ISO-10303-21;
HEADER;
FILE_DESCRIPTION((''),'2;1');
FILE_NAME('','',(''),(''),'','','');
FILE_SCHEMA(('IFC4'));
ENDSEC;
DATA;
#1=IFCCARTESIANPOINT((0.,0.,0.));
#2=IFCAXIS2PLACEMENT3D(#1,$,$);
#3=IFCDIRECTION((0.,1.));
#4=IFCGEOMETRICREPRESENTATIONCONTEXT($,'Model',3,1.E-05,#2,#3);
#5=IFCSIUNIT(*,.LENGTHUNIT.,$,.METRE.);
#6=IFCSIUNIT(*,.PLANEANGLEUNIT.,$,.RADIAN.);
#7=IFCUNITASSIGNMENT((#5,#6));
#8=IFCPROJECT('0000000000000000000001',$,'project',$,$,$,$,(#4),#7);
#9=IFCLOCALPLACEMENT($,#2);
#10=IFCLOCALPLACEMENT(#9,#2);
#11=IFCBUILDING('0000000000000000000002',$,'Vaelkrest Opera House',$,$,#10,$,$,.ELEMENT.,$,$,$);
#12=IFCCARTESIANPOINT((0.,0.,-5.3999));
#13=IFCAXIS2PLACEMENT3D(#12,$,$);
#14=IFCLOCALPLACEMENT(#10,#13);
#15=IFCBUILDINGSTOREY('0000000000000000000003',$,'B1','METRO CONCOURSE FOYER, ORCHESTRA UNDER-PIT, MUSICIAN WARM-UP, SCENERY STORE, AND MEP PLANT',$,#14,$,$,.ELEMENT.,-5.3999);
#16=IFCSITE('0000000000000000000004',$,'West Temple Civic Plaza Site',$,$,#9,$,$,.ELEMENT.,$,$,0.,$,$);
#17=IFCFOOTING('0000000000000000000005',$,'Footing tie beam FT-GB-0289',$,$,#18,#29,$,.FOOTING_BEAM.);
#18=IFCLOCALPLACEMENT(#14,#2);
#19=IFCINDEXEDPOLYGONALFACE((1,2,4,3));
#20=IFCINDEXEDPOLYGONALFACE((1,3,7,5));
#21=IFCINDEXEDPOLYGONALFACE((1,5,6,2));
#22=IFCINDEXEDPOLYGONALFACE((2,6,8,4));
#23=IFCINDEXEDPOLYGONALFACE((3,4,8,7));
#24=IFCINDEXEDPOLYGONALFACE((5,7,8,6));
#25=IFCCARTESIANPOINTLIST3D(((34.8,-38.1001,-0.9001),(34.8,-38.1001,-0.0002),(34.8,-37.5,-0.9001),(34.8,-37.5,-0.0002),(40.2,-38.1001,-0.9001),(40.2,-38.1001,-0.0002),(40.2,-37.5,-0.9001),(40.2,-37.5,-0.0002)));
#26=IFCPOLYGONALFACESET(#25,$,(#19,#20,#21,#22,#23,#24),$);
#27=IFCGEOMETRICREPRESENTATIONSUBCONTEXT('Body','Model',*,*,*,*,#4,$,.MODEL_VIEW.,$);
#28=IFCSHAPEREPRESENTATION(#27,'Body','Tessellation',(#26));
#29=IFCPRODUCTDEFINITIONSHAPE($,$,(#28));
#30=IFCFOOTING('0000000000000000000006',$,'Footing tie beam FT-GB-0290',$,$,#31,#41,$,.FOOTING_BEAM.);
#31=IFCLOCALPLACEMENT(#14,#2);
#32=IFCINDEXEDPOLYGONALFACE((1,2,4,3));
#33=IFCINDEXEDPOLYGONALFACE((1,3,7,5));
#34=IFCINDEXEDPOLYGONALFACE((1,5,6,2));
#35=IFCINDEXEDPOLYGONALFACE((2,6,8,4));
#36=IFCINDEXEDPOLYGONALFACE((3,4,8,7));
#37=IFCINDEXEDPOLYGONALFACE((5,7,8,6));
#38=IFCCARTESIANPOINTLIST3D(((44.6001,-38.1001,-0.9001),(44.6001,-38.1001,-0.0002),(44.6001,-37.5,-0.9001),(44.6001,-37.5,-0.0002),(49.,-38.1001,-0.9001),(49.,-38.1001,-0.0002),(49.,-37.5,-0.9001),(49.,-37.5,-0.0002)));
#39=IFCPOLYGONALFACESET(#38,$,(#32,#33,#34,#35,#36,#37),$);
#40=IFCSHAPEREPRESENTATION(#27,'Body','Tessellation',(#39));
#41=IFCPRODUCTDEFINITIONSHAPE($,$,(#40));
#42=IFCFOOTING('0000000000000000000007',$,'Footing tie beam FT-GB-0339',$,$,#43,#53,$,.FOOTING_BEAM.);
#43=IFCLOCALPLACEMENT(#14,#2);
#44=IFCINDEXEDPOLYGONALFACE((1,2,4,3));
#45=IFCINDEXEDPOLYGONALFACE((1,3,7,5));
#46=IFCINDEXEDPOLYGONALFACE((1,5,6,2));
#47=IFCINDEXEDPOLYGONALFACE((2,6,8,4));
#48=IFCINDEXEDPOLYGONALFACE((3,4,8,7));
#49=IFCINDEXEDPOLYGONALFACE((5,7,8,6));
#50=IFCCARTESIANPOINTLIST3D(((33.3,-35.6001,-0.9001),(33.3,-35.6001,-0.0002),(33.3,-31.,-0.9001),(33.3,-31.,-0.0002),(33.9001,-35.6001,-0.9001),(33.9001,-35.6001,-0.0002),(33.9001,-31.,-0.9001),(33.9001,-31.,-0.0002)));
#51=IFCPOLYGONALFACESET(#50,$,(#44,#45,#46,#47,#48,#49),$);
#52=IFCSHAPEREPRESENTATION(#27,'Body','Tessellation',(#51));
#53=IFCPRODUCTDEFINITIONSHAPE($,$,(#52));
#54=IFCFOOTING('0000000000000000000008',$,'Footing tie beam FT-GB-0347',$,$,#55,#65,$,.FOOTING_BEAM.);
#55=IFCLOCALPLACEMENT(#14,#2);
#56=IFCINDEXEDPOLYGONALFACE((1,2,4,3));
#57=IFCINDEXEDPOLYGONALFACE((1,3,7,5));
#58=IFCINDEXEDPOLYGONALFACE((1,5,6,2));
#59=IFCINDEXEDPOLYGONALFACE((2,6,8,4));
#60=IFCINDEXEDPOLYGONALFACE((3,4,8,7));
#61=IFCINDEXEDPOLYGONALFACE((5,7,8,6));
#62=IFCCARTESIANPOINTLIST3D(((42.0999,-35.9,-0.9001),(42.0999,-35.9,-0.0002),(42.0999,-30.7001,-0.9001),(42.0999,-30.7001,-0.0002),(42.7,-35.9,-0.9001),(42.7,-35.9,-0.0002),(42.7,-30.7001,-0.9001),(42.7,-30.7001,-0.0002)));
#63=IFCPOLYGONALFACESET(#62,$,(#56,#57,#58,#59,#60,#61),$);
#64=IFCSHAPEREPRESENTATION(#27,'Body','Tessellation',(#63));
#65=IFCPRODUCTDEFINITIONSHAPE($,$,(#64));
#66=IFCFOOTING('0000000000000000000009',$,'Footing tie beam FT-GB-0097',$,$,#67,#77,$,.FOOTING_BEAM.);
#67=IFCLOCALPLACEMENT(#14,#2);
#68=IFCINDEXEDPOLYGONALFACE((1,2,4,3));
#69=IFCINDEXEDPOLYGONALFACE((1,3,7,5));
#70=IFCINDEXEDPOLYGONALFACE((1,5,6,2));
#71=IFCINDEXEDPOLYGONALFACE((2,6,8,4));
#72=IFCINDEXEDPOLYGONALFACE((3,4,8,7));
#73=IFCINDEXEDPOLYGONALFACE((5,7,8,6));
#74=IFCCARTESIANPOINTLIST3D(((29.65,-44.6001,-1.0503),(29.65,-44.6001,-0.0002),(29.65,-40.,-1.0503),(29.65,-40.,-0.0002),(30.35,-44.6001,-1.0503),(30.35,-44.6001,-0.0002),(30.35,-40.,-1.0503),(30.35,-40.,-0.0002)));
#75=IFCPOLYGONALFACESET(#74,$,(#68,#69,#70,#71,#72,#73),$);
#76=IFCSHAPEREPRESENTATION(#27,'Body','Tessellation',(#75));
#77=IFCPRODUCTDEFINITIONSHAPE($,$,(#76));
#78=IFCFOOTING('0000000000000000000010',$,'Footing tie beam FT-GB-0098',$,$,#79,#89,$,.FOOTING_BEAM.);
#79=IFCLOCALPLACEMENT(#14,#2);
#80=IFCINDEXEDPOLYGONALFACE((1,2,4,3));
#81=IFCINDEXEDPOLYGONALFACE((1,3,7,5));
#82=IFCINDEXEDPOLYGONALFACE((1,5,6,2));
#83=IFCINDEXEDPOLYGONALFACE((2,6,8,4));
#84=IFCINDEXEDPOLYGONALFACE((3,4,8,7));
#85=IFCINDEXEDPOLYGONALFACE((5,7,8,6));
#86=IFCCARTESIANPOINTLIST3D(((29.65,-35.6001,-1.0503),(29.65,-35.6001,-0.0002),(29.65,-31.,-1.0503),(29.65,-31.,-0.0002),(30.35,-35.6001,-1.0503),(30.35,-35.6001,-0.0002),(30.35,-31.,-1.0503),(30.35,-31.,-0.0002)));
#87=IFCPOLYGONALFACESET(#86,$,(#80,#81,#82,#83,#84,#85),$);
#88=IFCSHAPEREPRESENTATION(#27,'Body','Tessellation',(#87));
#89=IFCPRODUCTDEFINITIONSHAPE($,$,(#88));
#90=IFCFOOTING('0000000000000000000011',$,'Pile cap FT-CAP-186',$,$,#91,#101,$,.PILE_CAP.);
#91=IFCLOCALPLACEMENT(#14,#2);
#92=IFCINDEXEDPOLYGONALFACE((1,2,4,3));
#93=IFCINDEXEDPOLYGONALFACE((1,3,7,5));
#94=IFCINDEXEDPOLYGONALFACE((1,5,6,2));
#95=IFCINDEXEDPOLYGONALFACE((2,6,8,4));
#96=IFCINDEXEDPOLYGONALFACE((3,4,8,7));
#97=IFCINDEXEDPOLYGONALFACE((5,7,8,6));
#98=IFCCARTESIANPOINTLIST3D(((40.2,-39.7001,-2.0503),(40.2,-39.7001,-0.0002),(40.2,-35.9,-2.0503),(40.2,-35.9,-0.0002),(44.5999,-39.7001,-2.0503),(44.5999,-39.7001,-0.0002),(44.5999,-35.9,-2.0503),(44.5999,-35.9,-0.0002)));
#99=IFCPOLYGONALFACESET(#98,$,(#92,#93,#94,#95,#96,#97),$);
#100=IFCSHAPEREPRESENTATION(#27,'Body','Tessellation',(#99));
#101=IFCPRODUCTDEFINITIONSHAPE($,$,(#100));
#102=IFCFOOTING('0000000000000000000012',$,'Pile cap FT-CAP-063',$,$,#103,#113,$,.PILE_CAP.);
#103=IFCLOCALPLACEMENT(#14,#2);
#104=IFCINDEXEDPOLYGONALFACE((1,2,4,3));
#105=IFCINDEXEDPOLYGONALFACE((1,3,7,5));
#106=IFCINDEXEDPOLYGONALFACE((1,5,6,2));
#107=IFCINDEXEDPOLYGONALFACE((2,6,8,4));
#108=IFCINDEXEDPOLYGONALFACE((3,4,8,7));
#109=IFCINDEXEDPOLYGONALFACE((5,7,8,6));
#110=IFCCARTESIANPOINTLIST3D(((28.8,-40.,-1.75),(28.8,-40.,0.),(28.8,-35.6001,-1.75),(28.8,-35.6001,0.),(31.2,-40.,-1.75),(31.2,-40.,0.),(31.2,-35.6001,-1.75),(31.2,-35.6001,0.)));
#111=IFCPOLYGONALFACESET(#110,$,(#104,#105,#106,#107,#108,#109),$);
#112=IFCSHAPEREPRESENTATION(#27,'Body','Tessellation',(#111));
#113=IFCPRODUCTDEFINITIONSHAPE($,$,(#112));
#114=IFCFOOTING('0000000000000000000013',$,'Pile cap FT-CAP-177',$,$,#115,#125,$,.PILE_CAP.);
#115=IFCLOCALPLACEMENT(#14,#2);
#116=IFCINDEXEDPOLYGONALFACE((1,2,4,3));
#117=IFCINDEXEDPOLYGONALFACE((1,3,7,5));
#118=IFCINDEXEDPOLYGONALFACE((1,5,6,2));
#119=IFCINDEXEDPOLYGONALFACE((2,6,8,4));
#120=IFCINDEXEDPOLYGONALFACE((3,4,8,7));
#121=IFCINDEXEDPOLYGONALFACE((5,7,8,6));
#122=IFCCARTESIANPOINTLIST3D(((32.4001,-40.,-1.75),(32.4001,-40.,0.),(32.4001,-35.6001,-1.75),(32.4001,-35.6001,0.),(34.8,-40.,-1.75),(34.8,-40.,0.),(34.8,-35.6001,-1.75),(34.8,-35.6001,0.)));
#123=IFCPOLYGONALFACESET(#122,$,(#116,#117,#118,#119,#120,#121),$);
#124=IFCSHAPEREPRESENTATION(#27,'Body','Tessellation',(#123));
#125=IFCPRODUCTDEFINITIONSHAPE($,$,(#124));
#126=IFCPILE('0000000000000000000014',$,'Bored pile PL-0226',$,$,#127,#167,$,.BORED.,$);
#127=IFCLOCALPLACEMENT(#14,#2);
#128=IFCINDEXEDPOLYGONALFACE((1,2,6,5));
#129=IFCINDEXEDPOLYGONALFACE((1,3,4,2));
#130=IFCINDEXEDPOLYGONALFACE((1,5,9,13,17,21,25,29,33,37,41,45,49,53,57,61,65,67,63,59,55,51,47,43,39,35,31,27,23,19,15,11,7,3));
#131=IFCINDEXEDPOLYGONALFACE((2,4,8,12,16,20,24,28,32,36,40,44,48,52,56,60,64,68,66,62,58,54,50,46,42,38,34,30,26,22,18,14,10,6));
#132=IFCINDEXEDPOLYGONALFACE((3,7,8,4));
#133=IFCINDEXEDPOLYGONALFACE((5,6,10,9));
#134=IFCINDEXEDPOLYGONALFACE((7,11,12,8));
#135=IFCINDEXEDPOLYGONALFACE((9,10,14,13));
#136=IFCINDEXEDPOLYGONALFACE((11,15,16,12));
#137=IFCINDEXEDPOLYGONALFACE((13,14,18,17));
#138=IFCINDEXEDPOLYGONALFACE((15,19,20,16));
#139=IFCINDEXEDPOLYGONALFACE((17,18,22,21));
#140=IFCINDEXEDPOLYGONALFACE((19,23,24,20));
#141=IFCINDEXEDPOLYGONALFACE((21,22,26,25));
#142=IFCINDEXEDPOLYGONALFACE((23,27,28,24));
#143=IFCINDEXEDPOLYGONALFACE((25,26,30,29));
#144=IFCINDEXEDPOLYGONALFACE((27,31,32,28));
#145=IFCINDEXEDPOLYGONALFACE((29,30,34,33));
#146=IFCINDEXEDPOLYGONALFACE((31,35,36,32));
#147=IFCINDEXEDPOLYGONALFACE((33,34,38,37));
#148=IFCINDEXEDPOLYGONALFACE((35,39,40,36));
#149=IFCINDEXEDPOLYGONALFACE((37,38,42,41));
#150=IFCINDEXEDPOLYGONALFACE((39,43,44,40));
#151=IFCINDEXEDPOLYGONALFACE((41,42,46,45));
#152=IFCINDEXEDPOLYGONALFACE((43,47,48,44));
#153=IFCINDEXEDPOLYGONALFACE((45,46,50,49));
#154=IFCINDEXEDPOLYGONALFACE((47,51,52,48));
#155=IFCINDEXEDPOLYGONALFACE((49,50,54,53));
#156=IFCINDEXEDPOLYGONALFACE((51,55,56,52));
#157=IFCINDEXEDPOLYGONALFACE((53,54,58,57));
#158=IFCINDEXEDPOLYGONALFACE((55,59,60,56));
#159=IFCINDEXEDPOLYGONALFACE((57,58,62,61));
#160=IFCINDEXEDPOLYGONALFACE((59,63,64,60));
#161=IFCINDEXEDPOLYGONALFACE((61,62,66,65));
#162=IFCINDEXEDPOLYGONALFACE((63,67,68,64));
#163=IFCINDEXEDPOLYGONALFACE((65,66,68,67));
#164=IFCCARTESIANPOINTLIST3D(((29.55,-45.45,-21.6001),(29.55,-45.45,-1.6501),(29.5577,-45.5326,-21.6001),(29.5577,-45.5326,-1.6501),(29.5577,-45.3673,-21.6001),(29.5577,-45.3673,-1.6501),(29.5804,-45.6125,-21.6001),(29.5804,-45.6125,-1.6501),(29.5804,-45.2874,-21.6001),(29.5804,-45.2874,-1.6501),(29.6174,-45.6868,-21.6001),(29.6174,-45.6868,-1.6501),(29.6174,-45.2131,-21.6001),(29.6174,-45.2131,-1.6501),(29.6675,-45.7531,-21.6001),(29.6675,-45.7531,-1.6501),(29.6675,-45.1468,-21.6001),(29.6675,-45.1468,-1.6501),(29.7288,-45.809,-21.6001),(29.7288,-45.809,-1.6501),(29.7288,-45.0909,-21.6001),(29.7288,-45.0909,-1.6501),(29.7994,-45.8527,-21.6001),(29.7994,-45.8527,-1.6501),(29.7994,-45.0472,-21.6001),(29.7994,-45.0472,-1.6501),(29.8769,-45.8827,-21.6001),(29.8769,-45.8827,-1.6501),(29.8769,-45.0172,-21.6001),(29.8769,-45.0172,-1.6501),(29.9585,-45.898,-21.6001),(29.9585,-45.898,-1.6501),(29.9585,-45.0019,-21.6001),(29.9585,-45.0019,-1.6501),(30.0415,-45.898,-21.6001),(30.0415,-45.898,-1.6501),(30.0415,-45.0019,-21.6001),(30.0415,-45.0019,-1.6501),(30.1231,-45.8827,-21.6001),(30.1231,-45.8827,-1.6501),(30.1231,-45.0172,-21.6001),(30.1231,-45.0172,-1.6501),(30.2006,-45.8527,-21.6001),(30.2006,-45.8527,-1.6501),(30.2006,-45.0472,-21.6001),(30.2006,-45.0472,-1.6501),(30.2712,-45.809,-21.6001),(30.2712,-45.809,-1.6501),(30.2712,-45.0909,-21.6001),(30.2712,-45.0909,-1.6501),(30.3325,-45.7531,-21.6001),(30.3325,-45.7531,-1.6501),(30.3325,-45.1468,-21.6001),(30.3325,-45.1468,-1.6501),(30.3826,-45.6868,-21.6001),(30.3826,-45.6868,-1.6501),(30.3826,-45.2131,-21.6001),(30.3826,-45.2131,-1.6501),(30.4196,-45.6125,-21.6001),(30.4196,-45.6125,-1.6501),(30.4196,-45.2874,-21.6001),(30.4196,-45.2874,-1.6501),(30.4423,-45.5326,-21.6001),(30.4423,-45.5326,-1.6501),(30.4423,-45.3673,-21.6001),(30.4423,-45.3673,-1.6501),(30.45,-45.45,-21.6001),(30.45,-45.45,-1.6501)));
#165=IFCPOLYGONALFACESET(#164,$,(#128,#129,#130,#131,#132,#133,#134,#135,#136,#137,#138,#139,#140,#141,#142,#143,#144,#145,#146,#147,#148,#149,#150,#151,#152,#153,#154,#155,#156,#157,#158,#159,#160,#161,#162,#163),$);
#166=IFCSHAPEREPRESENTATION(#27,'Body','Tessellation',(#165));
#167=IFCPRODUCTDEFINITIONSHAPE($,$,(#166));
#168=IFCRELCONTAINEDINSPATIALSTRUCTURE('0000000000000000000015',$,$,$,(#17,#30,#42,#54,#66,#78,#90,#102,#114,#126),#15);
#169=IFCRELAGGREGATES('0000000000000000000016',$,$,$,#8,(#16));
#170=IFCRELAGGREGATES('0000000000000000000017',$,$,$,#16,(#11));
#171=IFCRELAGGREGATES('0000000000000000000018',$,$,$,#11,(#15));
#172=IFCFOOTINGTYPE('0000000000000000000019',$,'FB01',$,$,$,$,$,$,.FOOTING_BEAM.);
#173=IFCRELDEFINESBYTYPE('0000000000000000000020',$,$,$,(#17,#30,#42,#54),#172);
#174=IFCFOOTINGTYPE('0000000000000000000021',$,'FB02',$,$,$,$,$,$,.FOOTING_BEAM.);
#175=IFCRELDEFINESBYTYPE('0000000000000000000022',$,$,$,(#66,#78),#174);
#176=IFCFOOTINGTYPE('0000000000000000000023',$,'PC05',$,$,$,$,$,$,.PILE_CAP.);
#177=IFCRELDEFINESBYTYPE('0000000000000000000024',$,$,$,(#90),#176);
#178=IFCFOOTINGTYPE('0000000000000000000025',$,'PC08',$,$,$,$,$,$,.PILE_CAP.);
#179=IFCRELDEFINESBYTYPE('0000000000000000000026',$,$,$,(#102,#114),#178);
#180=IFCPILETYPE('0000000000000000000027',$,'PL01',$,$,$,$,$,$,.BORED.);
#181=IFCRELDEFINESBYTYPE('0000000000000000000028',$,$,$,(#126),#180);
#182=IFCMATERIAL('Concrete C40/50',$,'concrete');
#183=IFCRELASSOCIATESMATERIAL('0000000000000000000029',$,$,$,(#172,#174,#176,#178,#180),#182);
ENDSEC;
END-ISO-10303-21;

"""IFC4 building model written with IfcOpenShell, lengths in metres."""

from ifc_helpers import new_model, si_unit, direction, frame, origin, origin_2d, place, context, subcontext, project, spatial, rectangle, circle, extrude, material, material_profile, profile_set, type_object, element, save


model = new_model("IFC4")

# Units and contexts
model_context = context("Model", 3, precision=1e-05, world=origin(), true_north=direction((0.0, 1.0)))
body_context = subcontext(model_context, "Body", "Model", "MODEL_VIEW")
ifc_project = project(units=[si_unit("LENGTHUNIT", "METRE"), si_unit("PLANEANGLEUNIT", "RADIAN")], contexts=[model_context])

# Site, building, storey
site_placement = place(None, origin())
site = spatial("IfcSite", under=ifc_project, at=site_placement, Name="West Temple Civic Plaza Site", CompositionType="ELEMENT", RefElevation=0.0)
building_placement = place(site_placement, origin())
building = spatial("IfcBuilding", under=site, at=building_placement, Name="Vaelkrest Opera House", CompositionType="ELEMENT")
storey_placement = place(building_placement, frame((0.0, 0.0, -5.3999)))
storey = spatial("IfcBuildingStorey", under=building, at=storey_placement, Name="B1", Description="METRO CONCOURSE FOYER, ORCHESTRA UNDER-PIT, MUSICIAN WARM-UP, SCENERY STORE, AND MEP PLANT", CompositionType="ELEMENT", Elevation=-5.3999)

# Footings
ifc_material_1 = material(Name="Concrete C40/50", Category="concrete")
footing_type_1 = type_object("IfcFootingType", Name="FB01", PredefinedType="FOOTING_BEAM", material=ifc_material_1)
footing_1_placement = place(storey_placement, frame((37.5, -37.8, -0.9001), z_axis=(0.0, 0.0, 1.0), x_axis=(1.0, 0.0, 0.0)))
element("IfcFooting", 1, at=footing_1_placement, inside=storey, type_object=footing_type_1, Name="Footing tie beam FT-GB-0289", PredefinedType="FOOTING_BEAM", context=body_context, shape_type="SweptSolid", body=[
    extrude(rectangle(XDim=5.3999, YDim=0.6001, at=origin_2d()), origin(), (0.0, 0.0, 1.0), 0.8999),
])
footing_2_placement = place(storey_placement, frame((46.8, -37.8, -0.9001), z_axis=(0.0, 0.0, 1.0), x_axis=(1.0, 0.0, 0.0)))
element("IfcFooting", 2, at=footing_2_placement, inside=storey, type_object=footing_type_1, Name="Footing tie beam FT-GB-0290", PredefinedType="FOOTING_BEAM", context=body_context, shape_type="SweptSolid", body=[
    extrude(rectangle(XDim=4.3999, YDim=0.6001, at=origin_2d()), origin(), (0.0, 0.0, 1.0), 0.8999),
])
footing_3_placement = place(storey_placement, frame((33.6001, -33.3, -0.9001), z_axis=(0.0, 0.0, 1.0), x_axis=(0.0, 1.0, 0.0)))
element("IfcFooting", 3, at=footing_3_placement, inside=storey, type_object=footing_type_1, Name="Footing tie beam FT-GB-0339", PredefinedType="FOOTING_BEAM", context=body_context, shape_type="SweptSolid", body=[
    extrude(rectangle(XDim=4.6001, YDim=0.6001, at=origin_2d()), origin(), (0.0, 0.0, 1.0), 0.8999),
])
footing_4_placement = place(storey_placement, frame((42.3999, -33.3, -0.9001), z_axis=(0.0, 0.0, 1.0), x_axis=(0.0, 1.0, 0.0)))
element("IfcFooting", 4, at=footing_4_placement, inside=storey, type_object=footing_type_1, Name="Footing tie beam FT-GB-0347", PredefinedType="FOOTING_BEAM", context=body_context, shape_type="SweptSolid", body=[
    extrude(rectangle(XDim=5.2, YDim=0.6001, at=origin_2d()), origin(), (0.0, 0.0, 1.0), 0.8999),
])
footing_type_2 = type_object("IfcFootingType", Name="FB02", PredefinedType="FOOTING_BEAM", material=ifc_material_1)
for number, where, z_axis, x_axis, name in (
    (5, (30.0, -42.3, -1.0503), (0.0, 0.0, 1.0), (0.0, 1.0, 0.0), "Footing tie beam FT-GB-0097"),
    (6, (30.0, -33.3, -1.0503), (0.0, 0.0, 1.0), (0.0, 1.0, 0.0), "Footing tie beam FT-GB-0098"),
):
    element("IfcFooting", number, at=place(storey_placement, frame(where, z_axis=z_axis, x_axis=x_axis)), inside=storey, type_object=footing_type_2, Name=name, PredefinedType="FOOTING_BEAM", context=body_context, shape_type="SweptSolid", body=[
        extrude(rectangle(XDim=4.6001, YDim=0.7, at=origin_2d()), origin(), (0.0, 0.0, 1.0), 1.05),
    ])
footing_type_3 = type_object("IfcFootingType", Name="PC05", PredefinedType="PILE_CAP", material=ifc_material_1)
footing_5_placement = place(storey_placement, frame((42.3999, -37.8, -2.0503), z_axis=(0.0, 0.0, 1.0), x_axis=(1.0, 0.0, 0.0)))
element("IfcFooting", 7, at=footing_5_placement, inside=storey, type_object=footing_type_3, Name="Pile cap FT-CAP-186", PredefinedType="PILE_CAP", context=body_context, shape_type="SweptSolid", body=[
    extrude(rectangle(XDim=4.3999, YDim=3.8, at=origin_2d()), origin(), (0.0, 0.0, 1.0), 2.05),
])
footing_type_4 = type_object("IfcFootingType", Name="PC08", PredefinedType="PILE_CAP", material=ifc_material_1)
for number, where, z_axis, x_axis, name in (
    (8, (30.0, -37.8, -1.75), (0.0, 0.0, 1.0), (1.0, 0.0, 0.0), "Pile cap FT-CAP-063"),
    (9, (33.6001, -37.8, -1.75), (0.0, 0.0, 1.0), (1.0, 0.0, 0.0), "Pile cap FT-CAP-177"),
):
    element("IfcFooting", number, at=place(storey_placement, frame(where, z_axis=z_axis, x_axis=x_axis)), inside=storey, type_object=footing_type_4, Name=name, PredefinedType="PILE_CAP", context=body_context, shape_type="SweptSolid", body=[
        extrude(rectangle(XDim=2.3999, YDim=4.3999, at=origin_2d()), origin(), (0.0, 0.0, 1.0), 1.75),
    ])

# Pile
ifc_material_profile_1 = material_profile(ifc_material_1, circle(Radius=0.45, at=origin_2d()), Name="PILE900")
ifc_profile_set_1 = profile_set([ifc_material_profile_1], Name="Concrete C40/50")
pile_type_1 = type_object("IfcPileType", Name="PL01", PredefinedType="BORED", material=ifc_profile_set_1)
for number, where, z_axis, x_axis, name in (
    (10, (30.0, -45.45, -1.6501), (0.0, 0.0, -1.0), (1.0, 0.0, 0.0), "Bored pile PL-0226"),
):
    element("IfcPile", number, at=place(storey_placement, frame(where, z_axis=z_axis, x_axis=x_axis)), inside=storey, type_object=pile_type_1, Name=name, PredefinedType="BORED", context=body_context, shape_type="SweptSolid", body=[
        extrude(circle(Radius=0.45, at=origin_2d()), origin(), (0.0, 0.0, 1.0), 19.95),
    ])

save(model, "model.ifc")
